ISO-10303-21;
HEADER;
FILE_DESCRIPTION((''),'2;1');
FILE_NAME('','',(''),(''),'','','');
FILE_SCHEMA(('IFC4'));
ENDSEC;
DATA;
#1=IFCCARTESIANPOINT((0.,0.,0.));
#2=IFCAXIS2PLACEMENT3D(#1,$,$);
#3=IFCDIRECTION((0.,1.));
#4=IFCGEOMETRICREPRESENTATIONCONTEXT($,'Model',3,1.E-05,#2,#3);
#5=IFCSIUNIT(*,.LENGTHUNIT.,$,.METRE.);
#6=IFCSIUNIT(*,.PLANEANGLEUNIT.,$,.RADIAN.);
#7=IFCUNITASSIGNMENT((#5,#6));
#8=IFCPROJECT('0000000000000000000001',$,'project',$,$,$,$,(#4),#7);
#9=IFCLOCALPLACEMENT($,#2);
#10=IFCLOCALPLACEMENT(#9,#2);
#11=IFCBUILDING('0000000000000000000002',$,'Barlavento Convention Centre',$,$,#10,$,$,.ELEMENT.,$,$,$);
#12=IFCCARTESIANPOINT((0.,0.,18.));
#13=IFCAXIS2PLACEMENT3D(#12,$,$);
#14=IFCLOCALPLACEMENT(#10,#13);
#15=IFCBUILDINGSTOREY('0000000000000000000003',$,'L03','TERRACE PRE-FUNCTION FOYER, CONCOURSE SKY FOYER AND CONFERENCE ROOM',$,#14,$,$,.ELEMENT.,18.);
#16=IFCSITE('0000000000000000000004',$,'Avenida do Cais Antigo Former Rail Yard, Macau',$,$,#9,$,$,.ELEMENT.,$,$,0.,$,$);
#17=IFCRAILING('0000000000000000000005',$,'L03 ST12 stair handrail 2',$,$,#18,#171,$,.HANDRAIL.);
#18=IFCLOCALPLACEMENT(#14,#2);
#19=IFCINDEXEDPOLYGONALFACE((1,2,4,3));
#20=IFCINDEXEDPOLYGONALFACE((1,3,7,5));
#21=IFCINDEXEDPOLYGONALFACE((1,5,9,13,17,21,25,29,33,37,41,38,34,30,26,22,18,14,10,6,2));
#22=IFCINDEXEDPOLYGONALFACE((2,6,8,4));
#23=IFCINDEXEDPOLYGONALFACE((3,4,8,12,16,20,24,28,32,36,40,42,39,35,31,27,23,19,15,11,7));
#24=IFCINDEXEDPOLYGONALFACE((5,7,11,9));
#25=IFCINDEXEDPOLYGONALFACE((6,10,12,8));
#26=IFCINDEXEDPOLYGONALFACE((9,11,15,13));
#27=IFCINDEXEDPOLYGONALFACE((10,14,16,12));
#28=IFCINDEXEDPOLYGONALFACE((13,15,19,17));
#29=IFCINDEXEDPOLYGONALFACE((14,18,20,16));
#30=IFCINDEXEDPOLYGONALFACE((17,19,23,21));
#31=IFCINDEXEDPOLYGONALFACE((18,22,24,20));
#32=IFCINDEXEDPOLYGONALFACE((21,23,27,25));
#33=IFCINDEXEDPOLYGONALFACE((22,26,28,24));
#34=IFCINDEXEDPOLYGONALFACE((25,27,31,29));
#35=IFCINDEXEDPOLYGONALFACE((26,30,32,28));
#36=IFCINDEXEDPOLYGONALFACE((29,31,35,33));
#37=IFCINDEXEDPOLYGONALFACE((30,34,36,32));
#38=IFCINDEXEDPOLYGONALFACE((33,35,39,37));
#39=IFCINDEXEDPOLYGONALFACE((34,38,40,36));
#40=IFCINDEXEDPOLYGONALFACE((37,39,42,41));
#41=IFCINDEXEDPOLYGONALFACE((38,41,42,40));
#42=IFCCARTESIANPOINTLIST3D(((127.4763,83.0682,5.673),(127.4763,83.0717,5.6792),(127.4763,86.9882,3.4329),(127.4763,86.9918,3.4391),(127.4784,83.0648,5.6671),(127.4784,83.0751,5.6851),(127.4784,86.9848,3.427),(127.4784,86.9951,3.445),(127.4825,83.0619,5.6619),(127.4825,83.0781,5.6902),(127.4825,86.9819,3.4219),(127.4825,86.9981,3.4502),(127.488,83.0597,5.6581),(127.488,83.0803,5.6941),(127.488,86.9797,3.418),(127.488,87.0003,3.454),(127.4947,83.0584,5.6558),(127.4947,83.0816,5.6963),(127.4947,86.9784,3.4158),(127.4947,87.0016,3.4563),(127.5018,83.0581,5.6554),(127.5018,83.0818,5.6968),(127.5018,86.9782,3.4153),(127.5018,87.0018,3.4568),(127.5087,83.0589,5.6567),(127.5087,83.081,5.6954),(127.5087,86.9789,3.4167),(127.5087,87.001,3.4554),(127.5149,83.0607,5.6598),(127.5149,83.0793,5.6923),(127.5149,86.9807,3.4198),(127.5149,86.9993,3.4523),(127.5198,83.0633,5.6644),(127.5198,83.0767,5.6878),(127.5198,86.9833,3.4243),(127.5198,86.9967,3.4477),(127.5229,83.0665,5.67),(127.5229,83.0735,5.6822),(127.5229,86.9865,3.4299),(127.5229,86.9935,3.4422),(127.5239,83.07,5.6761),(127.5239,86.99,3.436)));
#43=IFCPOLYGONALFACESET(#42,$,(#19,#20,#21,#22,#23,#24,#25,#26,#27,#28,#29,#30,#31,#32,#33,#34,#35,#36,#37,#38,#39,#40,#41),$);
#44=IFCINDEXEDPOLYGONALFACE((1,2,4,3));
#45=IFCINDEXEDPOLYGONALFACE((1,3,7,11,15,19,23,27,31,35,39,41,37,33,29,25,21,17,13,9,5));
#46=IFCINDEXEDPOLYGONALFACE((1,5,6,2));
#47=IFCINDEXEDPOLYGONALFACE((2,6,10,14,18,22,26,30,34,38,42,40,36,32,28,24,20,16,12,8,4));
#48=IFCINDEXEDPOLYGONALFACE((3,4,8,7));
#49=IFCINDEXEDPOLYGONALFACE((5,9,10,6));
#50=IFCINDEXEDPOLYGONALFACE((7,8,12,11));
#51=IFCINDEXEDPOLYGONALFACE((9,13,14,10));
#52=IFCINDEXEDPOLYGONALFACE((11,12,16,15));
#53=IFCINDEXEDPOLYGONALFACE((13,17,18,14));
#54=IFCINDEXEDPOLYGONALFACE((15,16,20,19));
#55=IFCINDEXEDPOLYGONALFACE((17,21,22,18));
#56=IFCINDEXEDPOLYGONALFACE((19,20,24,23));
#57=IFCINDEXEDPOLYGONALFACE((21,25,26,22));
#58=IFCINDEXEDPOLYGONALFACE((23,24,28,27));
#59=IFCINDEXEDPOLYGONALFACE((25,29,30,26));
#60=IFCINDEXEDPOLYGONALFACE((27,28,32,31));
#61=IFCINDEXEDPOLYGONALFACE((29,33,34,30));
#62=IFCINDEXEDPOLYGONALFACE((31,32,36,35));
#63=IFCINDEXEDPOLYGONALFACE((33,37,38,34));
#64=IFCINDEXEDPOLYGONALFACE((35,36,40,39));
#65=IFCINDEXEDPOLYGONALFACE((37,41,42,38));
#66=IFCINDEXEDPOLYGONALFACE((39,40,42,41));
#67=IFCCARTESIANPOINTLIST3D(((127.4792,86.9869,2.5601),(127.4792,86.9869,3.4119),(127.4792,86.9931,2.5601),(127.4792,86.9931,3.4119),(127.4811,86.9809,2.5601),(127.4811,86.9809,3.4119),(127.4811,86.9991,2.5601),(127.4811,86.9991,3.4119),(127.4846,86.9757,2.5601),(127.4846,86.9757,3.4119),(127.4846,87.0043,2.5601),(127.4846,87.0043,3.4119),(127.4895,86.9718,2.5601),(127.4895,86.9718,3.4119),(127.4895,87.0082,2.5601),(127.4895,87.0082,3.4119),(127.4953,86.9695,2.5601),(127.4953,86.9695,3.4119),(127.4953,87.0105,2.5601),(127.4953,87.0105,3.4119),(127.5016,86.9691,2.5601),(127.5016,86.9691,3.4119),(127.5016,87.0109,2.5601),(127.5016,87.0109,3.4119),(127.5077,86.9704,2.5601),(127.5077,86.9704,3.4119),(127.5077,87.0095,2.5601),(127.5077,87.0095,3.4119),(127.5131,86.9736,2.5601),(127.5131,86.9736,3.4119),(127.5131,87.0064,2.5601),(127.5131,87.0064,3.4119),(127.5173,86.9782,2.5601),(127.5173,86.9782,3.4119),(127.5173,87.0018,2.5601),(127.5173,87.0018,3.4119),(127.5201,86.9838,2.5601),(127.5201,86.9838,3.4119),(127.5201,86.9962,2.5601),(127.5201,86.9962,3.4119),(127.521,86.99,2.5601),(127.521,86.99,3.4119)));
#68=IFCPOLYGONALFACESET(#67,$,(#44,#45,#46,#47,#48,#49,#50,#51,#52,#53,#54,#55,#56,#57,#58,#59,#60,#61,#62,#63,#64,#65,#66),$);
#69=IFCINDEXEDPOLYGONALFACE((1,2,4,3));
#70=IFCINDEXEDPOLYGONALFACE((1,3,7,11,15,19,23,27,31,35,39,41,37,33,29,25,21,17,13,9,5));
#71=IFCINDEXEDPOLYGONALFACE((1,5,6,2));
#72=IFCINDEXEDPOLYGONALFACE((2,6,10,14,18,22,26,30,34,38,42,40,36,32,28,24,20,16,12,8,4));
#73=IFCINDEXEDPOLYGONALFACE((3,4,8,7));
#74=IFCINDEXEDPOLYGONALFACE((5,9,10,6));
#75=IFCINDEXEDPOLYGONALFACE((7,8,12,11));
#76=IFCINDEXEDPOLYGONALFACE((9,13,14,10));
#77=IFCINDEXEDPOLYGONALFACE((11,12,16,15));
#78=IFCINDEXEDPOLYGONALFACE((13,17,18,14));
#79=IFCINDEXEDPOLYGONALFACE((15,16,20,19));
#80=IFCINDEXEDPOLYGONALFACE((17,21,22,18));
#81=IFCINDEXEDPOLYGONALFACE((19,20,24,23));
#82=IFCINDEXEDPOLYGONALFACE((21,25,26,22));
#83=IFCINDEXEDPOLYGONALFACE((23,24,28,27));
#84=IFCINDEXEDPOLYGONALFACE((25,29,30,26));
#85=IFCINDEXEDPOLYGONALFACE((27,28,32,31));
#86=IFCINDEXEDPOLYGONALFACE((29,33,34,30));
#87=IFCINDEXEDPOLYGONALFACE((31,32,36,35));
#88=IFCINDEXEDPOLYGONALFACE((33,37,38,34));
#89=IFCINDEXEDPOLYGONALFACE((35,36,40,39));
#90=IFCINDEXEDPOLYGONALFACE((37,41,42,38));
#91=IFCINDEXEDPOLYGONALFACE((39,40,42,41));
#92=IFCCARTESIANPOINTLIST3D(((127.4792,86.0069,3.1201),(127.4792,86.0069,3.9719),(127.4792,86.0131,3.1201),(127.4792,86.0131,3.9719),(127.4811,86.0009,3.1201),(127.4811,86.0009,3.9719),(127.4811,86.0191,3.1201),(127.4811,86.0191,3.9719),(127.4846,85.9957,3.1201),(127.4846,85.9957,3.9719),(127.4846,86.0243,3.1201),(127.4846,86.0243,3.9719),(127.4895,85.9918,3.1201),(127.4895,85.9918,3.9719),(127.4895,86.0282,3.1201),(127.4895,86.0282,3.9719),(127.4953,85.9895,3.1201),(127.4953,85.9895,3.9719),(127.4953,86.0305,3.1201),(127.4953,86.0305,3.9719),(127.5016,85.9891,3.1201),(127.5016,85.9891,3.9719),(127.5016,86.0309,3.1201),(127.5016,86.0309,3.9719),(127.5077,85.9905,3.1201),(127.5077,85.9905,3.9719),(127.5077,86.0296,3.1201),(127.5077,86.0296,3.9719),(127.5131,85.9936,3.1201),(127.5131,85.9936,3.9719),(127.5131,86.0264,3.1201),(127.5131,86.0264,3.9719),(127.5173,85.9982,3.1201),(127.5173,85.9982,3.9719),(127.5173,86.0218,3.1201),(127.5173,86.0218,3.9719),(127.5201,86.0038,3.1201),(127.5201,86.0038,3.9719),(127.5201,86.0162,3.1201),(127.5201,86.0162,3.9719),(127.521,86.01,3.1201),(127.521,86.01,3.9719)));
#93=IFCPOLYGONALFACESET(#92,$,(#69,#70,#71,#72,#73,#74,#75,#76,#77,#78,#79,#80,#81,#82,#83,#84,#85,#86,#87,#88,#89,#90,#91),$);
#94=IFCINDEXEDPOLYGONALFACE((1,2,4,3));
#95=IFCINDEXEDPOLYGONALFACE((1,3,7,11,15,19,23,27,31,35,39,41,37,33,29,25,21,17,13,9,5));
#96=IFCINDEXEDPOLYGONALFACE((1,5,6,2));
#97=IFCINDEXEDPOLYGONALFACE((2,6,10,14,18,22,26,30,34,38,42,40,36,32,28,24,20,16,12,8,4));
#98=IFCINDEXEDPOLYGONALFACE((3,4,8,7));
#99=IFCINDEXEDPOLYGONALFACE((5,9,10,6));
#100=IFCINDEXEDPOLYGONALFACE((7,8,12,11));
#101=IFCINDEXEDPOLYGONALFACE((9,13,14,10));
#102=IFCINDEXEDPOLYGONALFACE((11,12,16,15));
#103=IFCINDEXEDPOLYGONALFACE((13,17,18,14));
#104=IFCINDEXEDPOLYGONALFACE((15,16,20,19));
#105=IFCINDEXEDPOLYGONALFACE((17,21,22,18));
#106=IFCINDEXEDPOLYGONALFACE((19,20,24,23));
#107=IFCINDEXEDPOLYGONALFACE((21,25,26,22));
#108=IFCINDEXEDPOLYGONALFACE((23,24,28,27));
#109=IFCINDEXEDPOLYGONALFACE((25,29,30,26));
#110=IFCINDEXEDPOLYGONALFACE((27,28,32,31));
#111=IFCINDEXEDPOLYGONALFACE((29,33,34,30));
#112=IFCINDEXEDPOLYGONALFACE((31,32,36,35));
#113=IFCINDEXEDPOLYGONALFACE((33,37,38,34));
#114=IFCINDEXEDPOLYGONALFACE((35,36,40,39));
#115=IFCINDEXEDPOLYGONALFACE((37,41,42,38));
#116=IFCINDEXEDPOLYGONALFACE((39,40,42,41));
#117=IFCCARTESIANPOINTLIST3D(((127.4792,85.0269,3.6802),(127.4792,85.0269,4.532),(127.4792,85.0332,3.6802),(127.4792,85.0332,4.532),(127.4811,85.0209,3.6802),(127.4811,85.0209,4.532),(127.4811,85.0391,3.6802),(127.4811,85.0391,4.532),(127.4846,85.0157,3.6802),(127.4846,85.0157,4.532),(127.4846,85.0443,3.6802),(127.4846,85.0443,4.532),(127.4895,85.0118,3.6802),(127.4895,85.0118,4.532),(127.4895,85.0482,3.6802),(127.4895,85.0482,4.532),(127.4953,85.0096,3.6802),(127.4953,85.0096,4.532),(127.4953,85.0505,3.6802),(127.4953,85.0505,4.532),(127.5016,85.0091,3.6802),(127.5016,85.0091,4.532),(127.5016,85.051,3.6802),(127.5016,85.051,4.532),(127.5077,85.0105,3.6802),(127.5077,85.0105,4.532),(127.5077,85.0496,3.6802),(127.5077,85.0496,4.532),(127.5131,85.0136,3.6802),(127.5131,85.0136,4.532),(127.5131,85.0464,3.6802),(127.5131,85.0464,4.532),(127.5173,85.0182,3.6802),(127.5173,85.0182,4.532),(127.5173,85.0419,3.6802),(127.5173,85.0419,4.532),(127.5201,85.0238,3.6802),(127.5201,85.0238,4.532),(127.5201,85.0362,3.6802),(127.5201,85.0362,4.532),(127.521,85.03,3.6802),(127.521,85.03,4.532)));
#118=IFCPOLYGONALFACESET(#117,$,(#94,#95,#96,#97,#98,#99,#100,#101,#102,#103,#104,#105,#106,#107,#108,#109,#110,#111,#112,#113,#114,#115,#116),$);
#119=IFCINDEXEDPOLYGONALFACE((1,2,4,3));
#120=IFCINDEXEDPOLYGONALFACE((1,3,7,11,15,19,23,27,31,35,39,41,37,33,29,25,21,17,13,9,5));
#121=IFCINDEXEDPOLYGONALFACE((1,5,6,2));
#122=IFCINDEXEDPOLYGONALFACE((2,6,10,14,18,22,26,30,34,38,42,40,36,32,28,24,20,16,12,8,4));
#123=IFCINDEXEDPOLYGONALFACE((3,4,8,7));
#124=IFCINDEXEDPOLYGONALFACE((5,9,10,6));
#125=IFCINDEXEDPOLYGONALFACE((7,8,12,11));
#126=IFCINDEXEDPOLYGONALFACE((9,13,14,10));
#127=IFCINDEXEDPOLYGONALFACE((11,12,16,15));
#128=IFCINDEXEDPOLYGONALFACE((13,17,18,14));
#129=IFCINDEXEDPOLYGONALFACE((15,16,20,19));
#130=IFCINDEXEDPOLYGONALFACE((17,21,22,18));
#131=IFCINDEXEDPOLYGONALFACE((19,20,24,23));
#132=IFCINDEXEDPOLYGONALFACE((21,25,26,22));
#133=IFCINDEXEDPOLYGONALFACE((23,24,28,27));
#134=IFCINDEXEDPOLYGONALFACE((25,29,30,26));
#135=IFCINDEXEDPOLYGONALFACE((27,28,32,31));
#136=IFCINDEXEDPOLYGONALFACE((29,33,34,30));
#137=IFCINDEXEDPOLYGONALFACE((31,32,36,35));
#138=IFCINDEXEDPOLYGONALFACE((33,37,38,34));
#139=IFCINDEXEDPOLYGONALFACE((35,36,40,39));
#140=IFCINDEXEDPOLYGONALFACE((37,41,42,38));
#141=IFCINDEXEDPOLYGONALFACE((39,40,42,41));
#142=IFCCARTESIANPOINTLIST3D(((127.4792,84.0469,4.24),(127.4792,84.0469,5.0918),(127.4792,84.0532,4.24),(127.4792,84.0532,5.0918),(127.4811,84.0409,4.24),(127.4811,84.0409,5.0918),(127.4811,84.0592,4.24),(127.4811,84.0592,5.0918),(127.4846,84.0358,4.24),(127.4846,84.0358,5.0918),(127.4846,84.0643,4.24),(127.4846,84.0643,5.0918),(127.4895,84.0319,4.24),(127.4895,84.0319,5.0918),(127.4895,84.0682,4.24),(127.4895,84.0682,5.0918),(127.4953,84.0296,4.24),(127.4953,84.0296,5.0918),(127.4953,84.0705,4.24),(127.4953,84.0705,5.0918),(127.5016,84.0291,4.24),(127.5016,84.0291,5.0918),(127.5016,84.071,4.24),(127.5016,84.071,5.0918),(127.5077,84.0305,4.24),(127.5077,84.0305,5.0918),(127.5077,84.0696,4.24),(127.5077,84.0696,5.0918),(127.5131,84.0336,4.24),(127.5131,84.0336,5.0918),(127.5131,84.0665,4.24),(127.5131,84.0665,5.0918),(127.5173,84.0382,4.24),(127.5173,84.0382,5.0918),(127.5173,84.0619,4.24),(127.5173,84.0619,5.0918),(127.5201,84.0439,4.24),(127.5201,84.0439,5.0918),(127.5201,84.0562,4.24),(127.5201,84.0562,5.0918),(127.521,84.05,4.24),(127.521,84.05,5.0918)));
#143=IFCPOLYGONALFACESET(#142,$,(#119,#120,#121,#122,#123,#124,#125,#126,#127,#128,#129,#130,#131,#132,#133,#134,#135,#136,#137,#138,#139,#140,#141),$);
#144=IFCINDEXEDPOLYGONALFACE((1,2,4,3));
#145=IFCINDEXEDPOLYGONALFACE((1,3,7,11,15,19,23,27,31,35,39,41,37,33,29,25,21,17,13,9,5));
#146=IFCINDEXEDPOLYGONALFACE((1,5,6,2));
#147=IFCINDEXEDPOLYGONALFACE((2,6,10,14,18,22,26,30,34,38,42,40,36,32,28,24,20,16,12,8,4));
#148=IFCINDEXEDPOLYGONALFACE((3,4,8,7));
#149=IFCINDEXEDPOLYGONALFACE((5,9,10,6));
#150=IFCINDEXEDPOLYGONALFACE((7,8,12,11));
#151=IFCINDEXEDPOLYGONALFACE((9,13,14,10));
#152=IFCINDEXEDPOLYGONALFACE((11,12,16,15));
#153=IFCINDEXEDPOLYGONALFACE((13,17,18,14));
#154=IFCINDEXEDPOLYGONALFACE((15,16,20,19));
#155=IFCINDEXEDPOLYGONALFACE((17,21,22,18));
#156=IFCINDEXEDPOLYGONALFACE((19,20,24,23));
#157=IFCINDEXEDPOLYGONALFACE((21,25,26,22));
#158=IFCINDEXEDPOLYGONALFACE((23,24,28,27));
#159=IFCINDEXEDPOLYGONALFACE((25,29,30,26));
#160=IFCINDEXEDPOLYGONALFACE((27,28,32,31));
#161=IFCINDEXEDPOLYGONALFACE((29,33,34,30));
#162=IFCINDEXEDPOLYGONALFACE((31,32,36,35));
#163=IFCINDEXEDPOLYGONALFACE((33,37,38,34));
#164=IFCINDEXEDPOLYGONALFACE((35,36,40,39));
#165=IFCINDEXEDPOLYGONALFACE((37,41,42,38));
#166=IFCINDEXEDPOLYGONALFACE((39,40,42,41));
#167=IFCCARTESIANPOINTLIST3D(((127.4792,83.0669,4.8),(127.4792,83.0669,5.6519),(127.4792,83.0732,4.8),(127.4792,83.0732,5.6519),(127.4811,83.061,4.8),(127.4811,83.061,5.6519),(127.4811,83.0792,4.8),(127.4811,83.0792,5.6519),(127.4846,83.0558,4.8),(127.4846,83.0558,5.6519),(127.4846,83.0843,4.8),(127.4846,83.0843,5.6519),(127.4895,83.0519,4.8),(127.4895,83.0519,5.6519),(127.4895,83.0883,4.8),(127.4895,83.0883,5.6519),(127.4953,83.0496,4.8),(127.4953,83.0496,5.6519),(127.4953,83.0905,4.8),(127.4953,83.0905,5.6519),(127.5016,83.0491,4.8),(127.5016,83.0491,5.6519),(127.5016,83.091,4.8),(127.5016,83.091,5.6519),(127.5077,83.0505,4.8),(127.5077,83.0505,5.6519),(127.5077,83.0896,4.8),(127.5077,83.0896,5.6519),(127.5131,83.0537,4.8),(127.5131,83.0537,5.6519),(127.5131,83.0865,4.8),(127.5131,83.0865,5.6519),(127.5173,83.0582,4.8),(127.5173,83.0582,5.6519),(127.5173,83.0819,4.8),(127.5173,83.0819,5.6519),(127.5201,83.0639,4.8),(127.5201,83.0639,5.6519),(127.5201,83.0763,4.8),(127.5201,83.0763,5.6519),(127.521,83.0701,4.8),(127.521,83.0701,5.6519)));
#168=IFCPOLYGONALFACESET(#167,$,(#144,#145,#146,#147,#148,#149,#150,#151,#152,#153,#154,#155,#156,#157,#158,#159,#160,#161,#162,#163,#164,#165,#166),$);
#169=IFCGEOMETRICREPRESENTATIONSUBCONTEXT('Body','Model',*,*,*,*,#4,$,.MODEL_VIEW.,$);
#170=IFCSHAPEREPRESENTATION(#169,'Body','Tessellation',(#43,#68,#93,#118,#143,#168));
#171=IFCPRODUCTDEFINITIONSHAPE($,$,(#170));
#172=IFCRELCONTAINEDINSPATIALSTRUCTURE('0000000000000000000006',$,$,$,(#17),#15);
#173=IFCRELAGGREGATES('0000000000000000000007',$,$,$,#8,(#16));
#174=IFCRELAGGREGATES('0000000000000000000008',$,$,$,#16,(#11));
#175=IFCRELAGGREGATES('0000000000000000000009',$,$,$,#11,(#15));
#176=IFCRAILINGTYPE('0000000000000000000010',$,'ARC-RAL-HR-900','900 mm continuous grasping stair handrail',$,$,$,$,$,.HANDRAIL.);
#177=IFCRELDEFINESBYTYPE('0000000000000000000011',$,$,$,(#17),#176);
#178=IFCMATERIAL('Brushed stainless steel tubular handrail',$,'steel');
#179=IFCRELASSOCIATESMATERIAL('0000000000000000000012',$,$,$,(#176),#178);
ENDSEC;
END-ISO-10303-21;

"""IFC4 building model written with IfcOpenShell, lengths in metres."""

from ifc_helpers import new_model, si_unit, direction, frame, origin, origin_2d, place, context, subcontext, project, spatial, circle, extrude, material, type_object, element, save


model = new_model("IFC4")

# Units and contexts
model_context = context("Model", 3, precision=1e-05, world=origin(), true_north=direction((0.0, 1.0)))
body_context = subcontext(model_context, "Body", "Model", "MODEL_VIEW")
ifc_project = project(units=[si_unit("LENGTHUNIT", "METRE"), si_unit("PLANEANGLEUNIT", "RADIAN")], contexts=[model_context])

# Site, building, storey
site_placement = place(None, origin())
site = spatial("IfcSite", under=ifc_project, at=site_placement, Name="Avenida do Cais Antigo Former Rail Yard, Macau", CompositionType="ELEMENT", RefElevation=0.0)
building_placement = place(site_placement, origin())
building = spatial("IfcBuilding", under=site, at=building_placement, Name="Barlavento Convention Centre", CompositionType="ELEMENT")
storey_placement = place(building_placement, frame((0.0, 0.0, 18.0)))
storey = spatial("IfcBuildingStorey", under=building, at=storey_placement, Name="L03", Description="TERRACE PRE-FUNCTION FOYER, CONCOURSE SKY FOYER AND CONFERENCE ROOM", CompositionType="ELEMENT", Elevation=18.0)

# Railing
ifc_material_1 = material(Name="Brushed stainless steel tubular handrail", Category="steel")
railing_type_1 = type_object("IfcRailingType", Name="ARC-RAL-HR-900", Description="900 mm continuous grasping stair handrail", PredefinedType="HANDRAIL", material=ifc_material_1)
railing_1_placement = place(storey_placement, frame((127.5, 86.99, 2.5601)))
element("IfcRailing", 1, at=railing_1_placement, inside=storey, type_object=railing_type_1, Name="L03 ST12 stair handrail 2", PredefinedType="HANDRAIL", context=body_context, shape_type="SweptSolid", body=[
    extrude(circle(Radius=0.0239, at=origin_2d()), frame((0.0, 0.0, 0.876), z_axis=(0.0, -0.86824, 0.496145), x_axis=(1.0, 0.0, 0.0)), (0.0, 0.0, 1.0), 4.5149),
    extrude(circle(Radius=0.021, at=origin_2d()), origin(), (0.0, 0.0, 1.0), 0.8518),
    extrude(circle(Radius=0.021, at=origin_2d()), frame((0.0, -0.98, 0.5601)), (0.0, 0.0, 1.0), 0.8518),
    extrude(circle(Radius=0.021, at=origin_2d()), frame((0.0, -1.96, 1.1201)), (0.0, 0.0, 1.0), 0.8518),
    extrude(circle(Radius=0.021, at=origin_2d()), frame((0.0, -2.9399, 1.6799)), (0.0, 0.0, 1.0), 0.8518),
    extrude(circle(Radius=0.021, at=origin_2d()), frame((0.0, -3.9199, 2.24)), (0.0, 0.0, 1.0), 0.8518),
])

save(model, "model.ifc")
